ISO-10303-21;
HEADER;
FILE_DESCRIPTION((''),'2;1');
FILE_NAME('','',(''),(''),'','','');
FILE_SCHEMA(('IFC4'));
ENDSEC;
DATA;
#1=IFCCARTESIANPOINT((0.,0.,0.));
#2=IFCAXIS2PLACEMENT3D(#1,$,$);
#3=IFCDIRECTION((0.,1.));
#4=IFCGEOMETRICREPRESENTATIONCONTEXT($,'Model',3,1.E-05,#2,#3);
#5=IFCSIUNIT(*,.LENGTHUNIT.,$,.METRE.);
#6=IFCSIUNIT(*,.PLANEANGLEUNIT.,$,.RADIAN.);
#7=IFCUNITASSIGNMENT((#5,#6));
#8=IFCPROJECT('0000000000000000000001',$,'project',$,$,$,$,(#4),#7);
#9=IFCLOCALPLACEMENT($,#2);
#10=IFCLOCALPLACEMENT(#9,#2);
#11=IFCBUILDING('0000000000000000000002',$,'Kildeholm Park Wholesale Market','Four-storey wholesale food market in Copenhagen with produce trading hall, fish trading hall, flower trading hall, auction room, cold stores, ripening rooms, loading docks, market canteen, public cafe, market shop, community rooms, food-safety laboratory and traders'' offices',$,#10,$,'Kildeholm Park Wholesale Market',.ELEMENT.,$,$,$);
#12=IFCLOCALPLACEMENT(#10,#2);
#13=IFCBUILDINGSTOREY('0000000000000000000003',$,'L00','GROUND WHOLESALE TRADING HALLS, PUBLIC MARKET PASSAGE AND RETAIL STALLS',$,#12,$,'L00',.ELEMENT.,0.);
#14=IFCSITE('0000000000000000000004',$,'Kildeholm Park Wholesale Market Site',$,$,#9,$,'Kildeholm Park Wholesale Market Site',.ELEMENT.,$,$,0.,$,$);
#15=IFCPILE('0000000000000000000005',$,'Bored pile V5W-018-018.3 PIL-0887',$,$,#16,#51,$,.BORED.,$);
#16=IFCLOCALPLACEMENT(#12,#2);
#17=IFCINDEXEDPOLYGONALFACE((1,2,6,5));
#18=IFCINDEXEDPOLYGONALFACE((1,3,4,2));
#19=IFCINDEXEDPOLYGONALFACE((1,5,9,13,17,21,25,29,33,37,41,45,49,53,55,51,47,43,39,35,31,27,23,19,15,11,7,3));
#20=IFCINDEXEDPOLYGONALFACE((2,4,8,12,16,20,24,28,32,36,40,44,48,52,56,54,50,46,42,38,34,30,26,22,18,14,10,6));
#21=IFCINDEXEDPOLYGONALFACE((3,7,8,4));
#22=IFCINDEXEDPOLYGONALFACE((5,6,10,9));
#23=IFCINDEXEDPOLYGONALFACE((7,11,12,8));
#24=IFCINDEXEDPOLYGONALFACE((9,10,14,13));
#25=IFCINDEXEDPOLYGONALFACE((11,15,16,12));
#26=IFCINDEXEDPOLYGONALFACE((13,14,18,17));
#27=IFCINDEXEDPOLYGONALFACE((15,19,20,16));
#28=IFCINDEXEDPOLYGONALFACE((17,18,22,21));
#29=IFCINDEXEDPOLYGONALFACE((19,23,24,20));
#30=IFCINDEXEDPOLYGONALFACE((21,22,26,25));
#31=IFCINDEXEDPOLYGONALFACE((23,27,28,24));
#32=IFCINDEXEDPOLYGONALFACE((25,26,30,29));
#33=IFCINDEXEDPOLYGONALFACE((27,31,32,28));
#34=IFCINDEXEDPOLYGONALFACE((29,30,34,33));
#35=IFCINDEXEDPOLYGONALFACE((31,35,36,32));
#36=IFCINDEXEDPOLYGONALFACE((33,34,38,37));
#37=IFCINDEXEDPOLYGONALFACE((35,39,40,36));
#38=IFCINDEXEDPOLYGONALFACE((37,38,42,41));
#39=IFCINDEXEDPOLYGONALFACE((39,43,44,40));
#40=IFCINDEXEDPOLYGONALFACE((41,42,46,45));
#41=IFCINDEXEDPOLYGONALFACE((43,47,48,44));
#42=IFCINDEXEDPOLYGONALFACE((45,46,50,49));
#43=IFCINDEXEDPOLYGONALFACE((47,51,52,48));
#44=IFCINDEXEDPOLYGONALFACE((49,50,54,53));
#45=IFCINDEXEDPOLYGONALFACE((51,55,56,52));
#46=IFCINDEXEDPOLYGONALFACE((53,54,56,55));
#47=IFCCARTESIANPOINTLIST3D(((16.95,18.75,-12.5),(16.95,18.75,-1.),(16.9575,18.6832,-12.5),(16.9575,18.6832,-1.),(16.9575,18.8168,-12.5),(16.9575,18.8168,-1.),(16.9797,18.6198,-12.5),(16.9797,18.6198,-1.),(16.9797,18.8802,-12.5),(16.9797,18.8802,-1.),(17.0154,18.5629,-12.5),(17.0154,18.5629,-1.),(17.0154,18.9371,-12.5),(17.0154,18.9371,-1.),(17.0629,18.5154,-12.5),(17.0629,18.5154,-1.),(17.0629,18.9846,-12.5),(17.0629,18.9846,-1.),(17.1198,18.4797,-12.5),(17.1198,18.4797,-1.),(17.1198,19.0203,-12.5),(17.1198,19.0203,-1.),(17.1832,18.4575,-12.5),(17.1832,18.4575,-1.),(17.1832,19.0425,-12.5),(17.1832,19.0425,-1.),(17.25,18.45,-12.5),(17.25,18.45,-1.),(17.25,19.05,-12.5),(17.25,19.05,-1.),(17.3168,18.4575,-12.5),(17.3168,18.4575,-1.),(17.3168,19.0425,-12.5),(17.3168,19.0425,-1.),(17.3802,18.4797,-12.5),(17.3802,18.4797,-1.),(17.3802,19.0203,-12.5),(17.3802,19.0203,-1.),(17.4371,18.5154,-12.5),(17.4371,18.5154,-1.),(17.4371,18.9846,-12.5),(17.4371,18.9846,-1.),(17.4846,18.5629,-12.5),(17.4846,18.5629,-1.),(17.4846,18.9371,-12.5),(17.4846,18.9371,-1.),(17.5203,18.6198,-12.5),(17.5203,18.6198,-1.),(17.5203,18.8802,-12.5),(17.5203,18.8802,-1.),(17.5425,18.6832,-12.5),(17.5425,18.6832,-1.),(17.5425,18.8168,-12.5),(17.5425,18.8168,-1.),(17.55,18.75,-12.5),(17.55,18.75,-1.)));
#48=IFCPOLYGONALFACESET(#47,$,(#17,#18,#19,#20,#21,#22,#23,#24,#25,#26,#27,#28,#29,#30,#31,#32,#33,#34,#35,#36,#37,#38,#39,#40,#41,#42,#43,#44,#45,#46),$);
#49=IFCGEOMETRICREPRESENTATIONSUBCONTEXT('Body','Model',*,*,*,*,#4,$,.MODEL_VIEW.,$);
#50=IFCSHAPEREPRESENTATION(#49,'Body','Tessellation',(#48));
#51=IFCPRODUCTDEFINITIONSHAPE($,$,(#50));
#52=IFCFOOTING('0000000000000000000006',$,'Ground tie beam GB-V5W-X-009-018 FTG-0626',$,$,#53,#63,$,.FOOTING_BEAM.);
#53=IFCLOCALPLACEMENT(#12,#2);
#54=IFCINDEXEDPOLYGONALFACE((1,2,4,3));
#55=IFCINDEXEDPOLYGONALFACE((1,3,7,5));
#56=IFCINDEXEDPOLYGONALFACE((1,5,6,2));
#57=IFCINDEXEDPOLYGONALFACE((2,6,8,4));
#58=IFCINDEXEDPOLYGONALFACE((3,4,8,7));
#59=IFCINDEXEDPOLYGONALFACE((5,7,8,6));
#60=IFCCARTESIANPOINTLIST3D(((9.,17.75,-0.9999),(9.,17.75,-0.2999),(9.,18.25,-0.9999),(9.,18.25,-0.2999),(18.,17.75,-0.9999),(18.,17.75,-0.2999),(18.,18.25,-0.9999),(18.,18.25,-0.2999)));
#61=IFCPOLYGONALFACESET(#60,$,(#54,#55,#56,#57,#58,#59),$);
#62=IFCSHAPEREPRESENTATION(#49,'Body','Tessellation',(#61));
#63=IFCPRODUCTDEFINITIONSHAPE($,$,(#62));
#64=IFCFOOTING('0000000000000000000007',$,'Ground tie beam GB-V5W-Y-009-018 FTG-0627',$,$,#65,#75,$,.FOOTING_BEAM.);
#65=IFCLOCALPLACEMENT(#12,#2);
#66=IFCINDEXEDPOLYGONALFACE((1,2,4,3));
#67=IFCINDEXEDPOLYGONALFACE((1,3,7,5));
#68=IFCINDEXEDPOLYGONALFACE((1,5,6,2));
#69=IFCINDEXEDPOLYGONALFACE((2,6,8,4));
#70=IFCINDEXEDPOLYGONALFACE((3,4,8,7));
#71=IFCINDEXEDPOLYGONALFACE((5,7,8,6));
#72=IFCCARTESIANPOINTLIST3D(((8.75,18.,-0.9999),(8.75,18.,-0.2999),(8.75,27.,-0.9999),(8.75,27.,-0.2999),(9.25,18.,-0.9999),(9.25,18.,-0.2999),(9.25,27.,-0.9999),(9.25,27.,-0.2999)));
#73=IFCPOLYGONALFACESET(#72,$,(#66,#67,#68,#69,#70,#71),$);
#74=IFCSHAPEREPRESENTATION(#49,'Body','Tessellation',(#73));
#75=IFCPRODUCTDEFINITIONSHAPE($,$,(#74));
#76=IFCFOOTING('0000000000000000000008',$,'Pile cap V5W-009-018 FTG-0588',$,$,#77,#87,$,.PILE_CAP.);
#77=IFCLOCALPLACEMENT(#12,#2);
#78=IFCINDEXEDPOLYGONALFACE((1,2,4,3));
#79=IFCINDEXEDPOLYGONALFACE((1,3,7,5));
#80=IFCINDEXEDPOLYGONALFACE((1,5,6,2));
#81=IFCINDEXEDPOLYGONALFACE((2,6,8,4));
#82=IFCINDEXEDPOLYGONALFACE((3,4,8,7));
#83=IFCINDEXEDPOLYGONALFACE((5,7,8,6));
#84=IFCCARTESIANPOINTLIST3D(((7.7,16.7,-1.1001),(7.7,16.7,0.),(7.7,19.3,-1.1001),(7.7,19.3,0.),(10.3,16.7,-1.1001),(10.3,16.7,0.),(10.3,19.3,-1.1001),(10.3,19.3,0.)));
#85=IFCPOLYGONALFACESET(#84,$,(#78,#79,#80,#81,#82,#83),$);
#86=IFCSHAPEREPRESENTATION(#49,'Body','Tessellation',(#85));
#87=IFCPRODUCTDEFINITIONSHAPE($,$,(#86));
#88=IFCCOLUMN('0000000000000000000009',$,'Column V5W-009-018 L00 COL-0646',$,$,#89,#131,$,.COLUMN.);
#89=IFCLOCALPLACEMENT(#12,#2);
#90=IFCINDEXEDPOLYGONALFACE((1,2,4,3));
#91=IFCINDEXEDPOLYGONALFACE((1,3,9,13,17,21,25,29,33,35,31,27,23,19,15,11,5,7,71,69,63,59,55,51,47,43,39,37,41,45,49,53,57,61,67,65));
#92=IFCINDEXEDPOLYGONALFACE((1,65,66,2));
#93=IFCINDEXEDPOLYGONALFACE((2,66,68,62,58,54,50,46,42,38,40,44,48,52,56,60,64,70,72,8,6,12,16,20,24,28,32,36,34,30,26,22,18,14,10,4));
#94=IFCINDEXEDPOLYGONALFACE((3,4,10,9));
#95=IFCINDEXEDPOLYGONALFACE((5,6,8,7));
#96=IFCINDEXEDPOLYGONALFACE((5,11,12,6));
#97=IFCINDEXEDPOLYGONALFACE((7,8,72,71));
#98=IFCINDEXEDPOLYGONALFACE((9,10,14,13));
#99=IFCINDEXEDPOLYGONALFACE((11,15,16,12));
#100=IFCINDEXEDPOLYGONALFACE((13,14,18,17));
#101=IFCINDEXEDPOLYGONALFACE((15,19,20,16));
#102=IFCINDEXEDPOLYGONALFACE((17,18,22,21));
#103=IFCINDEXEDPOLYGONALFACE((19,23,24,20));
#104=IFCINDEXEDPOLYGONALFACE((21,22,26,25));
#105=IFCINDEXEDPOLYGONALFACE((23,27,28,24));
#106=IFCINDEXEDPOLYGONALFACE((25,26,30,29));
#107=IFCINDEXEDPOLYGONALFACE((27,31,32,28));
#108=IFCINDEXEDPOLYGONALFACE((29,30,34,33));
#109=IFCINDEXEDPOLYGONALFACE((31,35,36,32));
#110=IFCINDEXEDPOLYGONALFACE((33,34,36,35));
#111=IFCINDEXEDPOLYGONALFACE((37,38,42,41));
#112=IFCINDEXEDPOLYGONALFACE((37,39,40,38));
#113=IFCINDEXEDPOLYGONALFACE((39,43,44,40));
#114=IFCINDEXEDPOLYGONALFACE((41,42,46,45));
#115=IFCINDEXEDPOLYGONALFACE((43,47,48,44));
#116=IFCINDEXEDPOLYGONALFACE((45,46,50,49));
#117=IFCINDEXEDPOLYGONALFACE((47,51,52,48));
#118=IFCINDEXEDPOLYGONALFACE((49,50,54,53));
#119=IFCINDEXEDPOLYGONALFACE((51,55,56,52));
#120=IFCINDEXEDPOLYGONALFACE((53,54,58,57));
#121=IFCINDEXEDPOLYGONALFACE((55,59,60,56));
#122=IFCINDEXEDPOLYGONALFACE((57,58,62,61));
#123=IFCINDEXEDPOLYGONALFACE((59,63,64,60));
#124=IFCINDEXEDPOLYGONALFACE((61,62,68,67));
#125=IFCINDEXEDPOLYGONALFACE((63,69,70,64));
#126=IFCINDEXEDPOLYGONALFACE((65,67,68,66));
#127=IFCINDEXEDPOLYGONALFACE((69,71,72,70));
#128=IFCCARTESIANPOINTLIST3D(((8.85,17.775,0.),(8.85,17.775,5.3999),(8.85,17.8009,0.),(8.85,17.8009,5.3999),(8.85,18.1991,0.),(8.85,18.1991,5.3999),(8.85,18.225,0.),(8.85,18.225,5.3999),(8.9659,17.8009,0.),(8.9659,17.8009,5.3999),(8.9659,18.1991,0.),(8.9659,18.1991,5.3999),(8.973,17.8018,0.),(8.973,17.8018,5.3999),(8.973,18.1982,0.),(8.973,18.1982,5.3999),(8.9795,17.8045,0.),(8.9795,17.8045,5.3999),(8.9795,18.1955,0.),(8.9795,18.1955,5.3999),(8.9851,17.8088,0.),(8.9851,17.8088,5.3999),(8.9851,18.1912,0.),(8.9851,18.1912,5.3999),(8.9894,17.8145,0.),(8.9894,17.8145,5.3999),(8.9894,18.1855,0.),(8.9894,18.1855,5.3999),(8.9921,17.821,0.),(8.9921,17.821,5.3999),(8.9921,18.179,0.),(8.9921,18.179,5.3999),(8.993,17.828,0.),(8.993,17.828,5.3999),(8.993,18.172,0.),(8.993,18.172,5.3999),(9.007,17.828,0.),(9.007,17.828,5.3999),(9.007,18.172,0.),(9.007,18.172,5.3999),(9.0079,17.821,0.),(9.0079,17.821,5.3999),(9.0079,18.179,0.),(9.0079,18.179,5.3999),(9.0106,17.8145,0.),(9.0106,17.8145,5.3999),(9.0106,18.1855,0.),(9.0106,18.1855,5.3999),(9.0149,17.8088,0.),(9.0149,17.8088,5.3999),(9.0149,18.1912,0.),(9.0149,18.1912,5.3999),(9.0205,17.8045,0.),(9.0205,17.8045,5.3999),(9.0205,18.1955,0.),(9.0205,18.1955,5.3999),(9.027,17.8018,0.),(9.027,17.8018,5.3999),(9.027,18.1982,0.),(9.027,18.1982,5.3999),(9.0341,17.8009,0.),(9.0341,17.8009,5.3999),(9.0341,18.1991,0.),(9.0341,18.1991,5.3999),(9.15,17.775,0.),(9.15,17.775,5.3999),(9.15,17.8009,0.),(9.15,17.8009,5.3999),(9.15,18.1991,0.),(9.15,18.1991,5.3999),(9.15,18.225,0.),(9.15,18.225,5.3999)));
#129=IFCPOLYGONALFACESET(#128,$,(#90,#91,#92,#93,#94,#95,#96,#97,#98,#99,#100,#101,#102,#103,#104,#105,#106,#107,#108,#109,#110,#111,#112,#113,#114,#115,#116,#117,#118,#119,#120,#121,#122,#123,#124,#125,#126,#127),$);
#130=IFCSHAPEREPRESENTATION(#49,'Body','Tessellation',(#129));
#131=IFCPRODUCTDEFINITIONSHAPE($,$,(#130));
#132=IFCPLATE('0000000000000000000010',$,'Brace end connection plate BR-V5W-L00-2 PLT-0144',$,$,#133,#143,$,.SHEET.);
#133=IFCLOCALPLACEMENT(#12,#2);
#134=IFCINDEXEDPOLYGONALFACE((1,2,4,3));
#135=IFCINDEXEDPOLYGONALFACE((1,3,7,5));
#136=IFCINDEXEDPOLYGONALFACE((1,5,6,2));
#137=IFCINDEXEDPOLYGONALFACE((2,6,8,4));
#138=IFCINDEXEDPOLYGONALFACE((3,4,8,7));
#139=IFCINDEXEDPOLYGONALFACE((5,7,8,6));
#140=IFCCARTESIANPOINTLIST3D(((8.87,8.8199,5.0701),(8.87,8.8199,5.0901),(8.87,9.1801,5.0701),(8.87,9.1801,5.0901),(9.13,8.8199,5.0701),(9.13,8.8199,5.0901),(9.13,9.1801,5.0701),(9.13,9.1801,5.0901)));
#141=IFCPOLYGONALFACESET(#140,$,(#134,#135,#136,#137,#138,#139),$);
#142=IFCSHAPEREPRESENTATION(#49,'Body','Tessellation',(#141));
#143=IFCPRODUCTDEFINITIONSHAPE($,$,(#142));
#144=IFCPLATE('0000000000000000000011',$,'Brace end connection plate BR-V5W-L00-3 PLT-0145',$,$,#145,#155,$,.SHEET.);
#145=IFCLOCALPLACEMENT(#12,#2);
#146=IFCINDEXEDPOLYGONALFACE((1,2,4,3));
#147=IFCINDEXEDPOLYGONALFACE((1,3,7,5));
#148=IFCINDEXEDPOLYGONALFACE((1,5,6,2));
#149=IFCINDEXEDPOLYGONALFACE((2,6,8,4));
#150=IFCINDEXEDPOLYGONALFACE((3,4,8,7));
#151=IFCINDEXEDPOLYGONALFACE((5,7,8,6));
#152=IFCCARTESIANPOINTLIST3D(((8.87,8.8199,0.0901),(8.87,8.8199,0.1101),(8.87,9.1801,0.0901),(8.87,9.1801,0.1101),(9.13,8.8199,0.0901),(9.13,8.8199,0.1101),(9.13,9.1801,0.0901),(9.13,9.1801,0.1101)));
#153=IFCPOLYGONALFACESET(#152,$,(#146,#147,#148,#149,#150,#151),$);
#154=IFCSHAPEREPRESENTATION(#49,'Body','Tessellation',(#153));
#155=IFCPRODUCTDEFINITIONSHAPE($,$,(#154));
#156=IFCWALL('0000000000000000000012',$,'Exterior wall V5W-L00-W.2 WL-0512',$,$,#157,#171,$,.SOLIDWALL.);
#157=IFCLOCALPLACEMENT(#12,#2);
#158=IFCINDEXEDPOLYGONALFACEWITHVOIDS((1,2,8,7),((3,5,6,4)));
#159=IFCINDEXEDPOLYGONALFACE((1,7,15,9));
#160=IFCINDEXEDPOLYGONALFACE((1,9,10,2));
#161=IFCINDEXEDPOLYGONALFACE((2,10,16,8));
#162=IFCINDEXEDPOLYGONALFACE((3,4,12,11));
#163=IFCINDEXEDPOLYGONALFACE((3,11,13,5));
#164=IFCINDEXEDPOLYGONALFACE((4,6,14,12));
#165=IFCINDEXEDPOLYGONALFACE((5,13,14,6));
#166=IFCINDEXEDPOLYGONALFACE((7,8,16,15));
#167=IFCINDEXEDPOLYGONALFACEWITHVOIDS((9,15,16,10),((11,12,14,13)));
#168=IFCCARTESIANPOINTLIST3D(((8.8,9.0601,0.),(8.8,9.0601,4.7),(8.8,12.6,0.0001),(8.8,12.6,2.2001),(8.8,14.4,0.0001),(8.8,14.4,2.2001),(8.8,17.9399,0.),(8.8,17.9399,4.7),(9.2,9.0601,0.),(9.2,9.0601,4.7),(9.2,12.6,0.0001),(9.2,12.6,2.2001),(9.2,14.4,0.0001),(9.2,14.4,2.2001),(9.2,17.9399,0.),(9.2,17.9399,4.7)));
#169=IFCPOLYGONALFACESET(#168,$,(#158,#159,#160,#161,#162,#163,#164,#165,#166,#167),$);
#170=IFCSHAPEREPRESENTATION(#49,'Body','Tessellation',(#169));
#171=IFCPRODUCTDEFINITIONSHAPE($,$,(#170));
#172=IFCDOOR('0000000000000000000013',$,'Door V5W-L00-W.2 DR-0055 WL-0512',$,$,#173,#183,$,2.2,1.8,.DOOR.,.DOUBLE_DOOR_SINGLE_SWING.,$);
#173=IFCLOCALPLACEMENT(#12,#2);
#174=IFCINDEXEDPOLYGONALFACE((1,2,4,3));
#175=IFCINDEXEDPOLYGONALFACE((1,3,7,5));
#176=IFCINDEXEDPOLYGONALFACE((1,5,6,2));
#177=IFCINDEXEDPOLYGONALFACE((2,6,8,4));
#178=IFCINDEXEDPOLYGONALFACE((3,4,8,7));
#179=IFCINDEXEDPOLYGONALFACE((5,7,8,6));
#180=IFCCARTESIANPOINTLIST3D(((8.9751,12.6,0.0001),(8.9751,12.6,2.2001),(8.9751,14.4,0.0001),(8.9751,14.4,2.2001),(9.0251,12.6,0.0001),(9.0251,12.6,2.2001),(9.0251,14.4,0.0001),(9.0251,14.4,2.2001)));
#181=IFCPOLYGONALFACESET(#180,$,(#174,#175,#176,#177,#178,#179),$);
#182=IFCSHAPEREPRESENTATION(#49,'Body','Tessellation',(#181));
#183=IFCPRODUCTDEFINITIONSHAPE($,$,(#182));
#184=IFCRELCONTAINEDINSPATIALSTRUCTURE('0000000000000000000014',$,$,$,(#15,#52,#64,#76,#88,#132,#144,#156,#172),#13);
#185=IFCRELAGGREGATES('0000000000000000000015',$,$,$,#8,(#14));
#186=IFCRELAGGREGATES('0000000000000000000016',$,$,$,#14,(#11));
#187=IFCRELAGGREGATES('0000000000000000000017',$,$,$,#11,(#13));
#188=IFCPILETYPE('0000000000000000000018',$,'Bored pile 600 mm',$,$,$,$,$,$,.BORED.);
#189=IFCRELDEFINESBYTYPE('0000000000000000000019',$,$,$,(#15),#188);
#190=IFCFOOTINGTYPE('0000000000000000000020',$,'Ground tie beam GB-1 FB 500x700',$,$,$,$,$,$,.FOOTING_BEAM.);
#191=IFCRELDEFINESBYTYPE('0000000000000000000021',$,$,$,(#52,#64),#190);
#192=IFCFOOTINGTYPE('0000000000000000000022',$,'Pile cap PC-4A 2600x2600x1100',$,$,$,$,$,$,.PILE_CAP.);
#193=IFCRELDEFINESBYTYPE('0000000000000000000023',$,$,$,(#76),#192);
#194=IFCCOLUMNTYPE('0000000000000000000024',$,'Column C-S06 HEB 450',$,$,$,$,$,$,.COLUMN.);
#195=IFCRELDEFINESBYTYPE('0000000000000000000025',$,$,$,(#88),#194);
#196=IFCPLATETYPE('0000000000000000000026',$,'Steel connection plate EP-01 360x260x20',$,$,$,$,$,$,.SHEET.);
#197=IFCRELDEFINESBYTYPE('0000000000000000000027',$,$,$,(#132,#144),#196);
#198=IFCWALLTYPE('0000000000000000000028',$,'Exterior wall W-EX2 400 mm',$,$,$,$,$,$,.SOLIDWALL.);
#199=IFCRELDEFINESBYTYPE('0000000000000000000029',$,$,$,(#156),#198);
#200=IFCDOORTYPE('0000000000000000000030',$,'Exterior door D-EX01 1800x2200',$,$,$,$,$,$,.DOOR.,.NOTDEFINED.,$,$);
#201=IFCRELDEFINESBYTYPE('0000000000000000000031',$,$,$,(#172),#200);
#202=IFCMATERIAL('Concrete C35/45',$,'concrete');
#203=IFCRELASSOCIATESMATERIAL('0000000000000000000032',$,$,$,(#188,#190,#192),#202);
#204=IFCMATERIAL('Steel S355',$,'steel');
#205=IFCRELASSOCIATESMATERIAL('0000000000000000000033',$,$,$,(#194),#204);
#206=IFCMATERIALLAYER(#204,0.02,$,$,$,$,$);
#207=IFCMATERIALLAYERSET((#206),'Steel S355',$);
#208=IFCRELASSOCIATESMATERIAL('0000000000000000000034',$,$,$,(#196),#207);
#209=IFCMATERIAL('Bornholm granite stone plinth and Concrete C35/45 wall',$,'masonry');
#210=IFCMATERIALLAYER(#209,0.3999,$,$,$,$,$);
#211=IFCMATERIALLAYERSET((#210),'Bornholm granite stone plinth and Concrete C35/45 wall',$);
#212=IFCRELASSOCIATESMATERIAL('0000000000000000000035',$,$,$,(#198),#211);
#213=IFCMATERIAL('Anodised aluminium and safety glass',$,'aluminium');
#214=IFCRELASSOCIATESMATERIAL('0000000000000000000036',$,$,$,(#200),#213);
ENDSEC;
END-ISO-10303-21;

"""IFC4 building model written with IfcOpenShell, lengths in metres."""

from ifc_helpers import new_model, si_unit, direction, frame, frame_2d, origin, origin_2d, place, context, subcontext, project, spatial, rectangle, circle, i_section, extrude, material, layer, layer_set, material_profile, profile_set, type_object, element, fill, save


model = new_model("IFC4")

# Units and contexts
model_context = context("Model", 3, precision=1e-05, world=origin(), true_north=direction((0.0, 1.0)))
body_context = subcontext(model_context, "Body", "Model", "MODEL_VIEW")
ifc_project = project(units=[si_unit("LENGTHUNIT", "METRE"), si_unit("PLANEANGLEUNIT", "RADIAN")], contexts=[model_context])

# Site, building, storey
site_placement = place(None, origin())
site = spatial("IfcSite", under=ifc_project, at=site_placement, Name="Kildeholm Park Wholesale Market Site", LongName="Kildeholm Park Wholesale Market Site", CompositionType="ELEMENT", RefElevation=0.0)
building_placement = place(site_placement, origin())
building = spatial("IfcBuilding", under=site, at=building_placement, Name="Kildeholm Park Wholesale Market", Description="Four-storey wholesale food market in Copenhagen with produce trading hall, fish trading hall, flower trading hall, auction room, cold stores, ripening rooms, loading docks, market canteen, public cafe, market shop, community rooms, food-safety laboratory and traders' offices", LongName="Kildeholm Park Wholesale Market", CompositionType="ELEMENT")
storey_placement = place(building_placement, origin())
storey = spatial("IfcBuildingStorey", under=building, at=storey_placement, Name="L00", Description="GROUND WHOLESALE TRADING HALLS, PUBLIC MARKET PASSAGE AND RETAIL STALLS", LongName="L00", CompositionType="ELEMENT", Elevation=0.0)

# Pile
ifc_material_1 = material(Name="Concrete C35/45", Category="concrete")
ifc_material_profile_1 = material_profile(ifc_material_1, circle(Radius=0.3, at=origin_2d()), Name="PILE D600")
ifc_profile_set_1 = profile_set([ifc_material_profile_1], Name="Concrete C35/45")
pile_type = type_object("IfcPileType", Name="Bored pile 600 mm", PredefinedType="BORED", material=ifc_profile_set_1)
for number, where, z_axis, x_axis, name in (
    (1, (17.25, 18.75, -1.0), (0.0, 0.0, -1.0), (1.0, 0.0, 0.0), "Bored pile V5W-018-018.3 PIL-0887"),
):
    element("IfcPile", number, at=place(storey_placement, frame(where, z_axis=z_axis, x_axis=x_axis)), inside=storey, type_object=pile_type, Name=name, PredefinedType="BORED", context=body_context, shape_type="SweptSolid", body=[
        extrude(circle(Radius=0.3, at=origin_2d()), origin(), (0.0, 0.0, 1.0), 11.5),
    ])

# Footings
ifc_material_profile_2 = material_profile(ifc_material_1, rectangle(XDim=0.5, YDim=0.7, at=origin_2d()), Name="FB 500x700")
ifc_profile_set_2 = profile_set([ifc_material_profile_2], Name="Concrete C35/45")
footing_type_1 = type_object("IfcFootingType", Name="Ground tie beam GB-1 FB 500x700", PredefinedType="FOOTING_BEAM", material=ifc_profile_set_2)
for number, where, z_axis, x_axis, name in (
    (2, (9.0, 18.0, -0.6499), (1.0, 0.0, 0.0), (0.0, 1.0, 0.0), "Ground tie beam GB-V5W-X-009-018 FTG-0626"),
    (3, (9.0, 18.0, -0.6499), (0.0, 1.0, 0.0), (-1.0, 0.0, 0.0), "Ground tie beam GB-V5W-Y-009-018 FTG-0627"),
):
    element("IfcFooting", number, at=place(storey_placement, frame(where, z_axis=z_axis, x_axis=x_axis)), inside=storey, type_object=footing_type_1, Name=name, PredefinedType="FOOTING_BEAM", context=body_context, shape_type="SweptSolid", body=[
        extrude(rectangle(XDim=0.5, YDim=0.7, at=origin_2d()), origin(), (0.0, 0.0, 1.0), 9.0),
    ])
footing_type_2 = type_object("IfcFootingType", Name="Pile cap PC-4A 2600x2600x1100", PredefinedType="PILE_CAP", material=ifc_material_1)
footing_placement = place(storey_placement, frame((9.0, 18.0, -1.1001), z_axis=(0.0, 0.0, 1.0), x_axis=(1.0, 0.0, 0.0)))
element("IfcFooting", 4, at=footing_placement, inside=storey, type_object=footing_type_2, Name="Pile cap V5W-009-018 FTG-0588", PredefinedType="PILE_CAP", context=body_context, shape_type="SweptSolid", body=[
    extrude(rectangle(XDim=2.6001, YDim=2.6001, at=origin_2d()), origin(), (0.0, 0.0, 1.0), 1.1001),
])

# Column
ifc_material_2 = material(Name="Steel S355", Category="steel")
ifc_material_profile_3 = material_profile(ifc_material_2, i_section(OverallWidth=0.3, OverallDepth=0.45, WebThickness=0.0139, FlangeThickness=0.0259, FilletRadius=0.0271, at=origin_2d()), Name="HEB 450")
ifc_profile_set_3 = profile_set([ifc_material_profile_3], Name="Steel S355")
column_type = type_object("IfcColumnType", Name="Column C-S06 HEB 450", PredefinedType="COLUMN", material=ifc_profile_set_3)
column_placement = place(storey_placement, frame((9.0, 18.0, 0.0), z_axis=(0.0, 0.0, 1.0), x_axis=(1.0, 0.0, 0.0)))
element("IfcColumn", 5, at=column_placement, inside=storey, type_object=column_type, Name="Column V5W-009-018 L00 COL-0646", PredefinedType="COLUMN", context=body_context, shape_type="SweptSolid", body=[
    extrude(i_section(OverallWidth=0.3, OverallDepth=0.45, WebThickness=0.0139, FlangeThickness=0.0259, FilletRadius=0.0271, at=origin_2d()), origin(), (0.0, 0.0, 1.0), 5.3999),
])

# Plates
ifc_layer_1 = layer(ifc_material_2, 0.02)
ifc_layer_set_1 = layer_set([ifc_layer_1], Name="Steel S355")
plate_type = type_object("IfcPlateType", Name="Steel connection plate EP-01 360x260x20", PredefinedType="SHEET", material=ifc_layer_set_1)
for number, where, z_axis, x_axis, name in (
    (6, (9.0, 9.0, 5.0701), (0.0, 0.0, 1.0), (0.0, 1.0, 0.0), "Brace end connection plate BR-V5W-L00-2 PLT-0144"),
    (7, (9.0, 9.0, 0.0901), (0.0, 0.0, 1.0), (0.0, 1.0, 0.0), "Brace end connection plate BR-V5W-L00-3 PLT-0145"),
):
    element("IfcPlate", number, at=place(storey_placement, frame(where, z_axis=z_axis, x_axis=x_axis)), inside=storey, type_object=plate_type, Name=name, PredefinedType="SHEET", context=body_context, shape_type="SweptSolid", body=[
        extrude(rectangle(XDim=0.3601, YDim=0.26, at=origin_2d()), origin(), (0.0, 0.0, 1.0), 0.02),
    ])

# Wall, opening, door
ifc_material_3 = material(Name="Bornholm granite stone plinth and Concrete C35/45 wall", Category="masonry")
ifc_layer_2 = layer(ifc_material_3, 0.3999)
ifc_layer_set_2 = layer_set([ifc_layer_2], Name="Bornholm granite stone plinth and Concrete C35/45 wall")
wall_type_1 = type_object("IfcWallType", Name="Exterior wall W-EX2 400 mm", PredefinedType="SOLIDWALL", material=ifc_layer_set_2)
wall_1_placement = place(storey_placement, frame((9.0, 9.0601, 0.0), z_axis=(0.0, 0.0, 1.0), x_axis=(0.0, 1.0, 0.0)))
wall_1 = element("IfcWall", 8, at=wall_1_placement, inside=storey, type_object=wall_type_1, Name="Exterior wall V5W-L00-W.2 WL-0512", PredefinedType="SOLIDWALL", context=body_context, shape_type="SweptSolid", body=[
    extrude(rectangle(XDim=8.8799, YDim=0.3999, at=frame_2d((4.4399, 0.0))), origin(), (0.0, 0.0, 1.0), 4.7),
])
opening_1_placement = place(wall_1_placement, frame((3.54, 0.0, 0.0)))
opening_1 = element("IfcOpeningElement", 9, at=opening_1_placement, cuts=wall_1, PredefinedType="OPENING", context=body_context, shape_type="SweptSolid", body=[
    extrude(rectangle(XDim=1.8, YDim=2.2, at=frame_2d((0.8999, 1.1001))), frame((0.0, 0.21, 0.0), z_axis=(0.0, -1.0, 0.0), x_axis=(1.0, 0.0, 0.0)), (0.0, 0.0, 1.0), 0.4199),
])
ifc_material_4 = material(Name="Anodised aluminium and safety glass", Category="aluminium")
door_type_1 = type_object("IfcDoorType", Name="Exterior door D-EX01 1800x2200", OperationType="NOTDEFINED", PredefinedType="DOOR", material=ifc_material_4)
door_1_placement = place(opening_1_placement, origin())
door_1 = element("IfcDoor", 10, at=door_1_placement, inside=storey, type_object=door_type_1, Name="Door V5W-L00-W.2 DR-0055 WL-0512", OperationType="DOUBLE_DOOR_SINGLE_SWING", OverallHeight=2.2, OverallWidth=1.8, PredefinedType="DOOR", context=body_context, shape_type="SweptSolid", body=[
    extrude(rectangle(XDim=1.8, YDim=2.2, at=frame_2d((0.8999, 1.1001))), frame((0.0, 0.0249, 0.0), z_axis=(0.0, -1.0, 0.0), x_axis=(1.0, 0.0, 0.0)), (0.0, 0.0, 1.0), 0.05),
])
fill(opening_1, door_1)

save(model, "model.ifc")
